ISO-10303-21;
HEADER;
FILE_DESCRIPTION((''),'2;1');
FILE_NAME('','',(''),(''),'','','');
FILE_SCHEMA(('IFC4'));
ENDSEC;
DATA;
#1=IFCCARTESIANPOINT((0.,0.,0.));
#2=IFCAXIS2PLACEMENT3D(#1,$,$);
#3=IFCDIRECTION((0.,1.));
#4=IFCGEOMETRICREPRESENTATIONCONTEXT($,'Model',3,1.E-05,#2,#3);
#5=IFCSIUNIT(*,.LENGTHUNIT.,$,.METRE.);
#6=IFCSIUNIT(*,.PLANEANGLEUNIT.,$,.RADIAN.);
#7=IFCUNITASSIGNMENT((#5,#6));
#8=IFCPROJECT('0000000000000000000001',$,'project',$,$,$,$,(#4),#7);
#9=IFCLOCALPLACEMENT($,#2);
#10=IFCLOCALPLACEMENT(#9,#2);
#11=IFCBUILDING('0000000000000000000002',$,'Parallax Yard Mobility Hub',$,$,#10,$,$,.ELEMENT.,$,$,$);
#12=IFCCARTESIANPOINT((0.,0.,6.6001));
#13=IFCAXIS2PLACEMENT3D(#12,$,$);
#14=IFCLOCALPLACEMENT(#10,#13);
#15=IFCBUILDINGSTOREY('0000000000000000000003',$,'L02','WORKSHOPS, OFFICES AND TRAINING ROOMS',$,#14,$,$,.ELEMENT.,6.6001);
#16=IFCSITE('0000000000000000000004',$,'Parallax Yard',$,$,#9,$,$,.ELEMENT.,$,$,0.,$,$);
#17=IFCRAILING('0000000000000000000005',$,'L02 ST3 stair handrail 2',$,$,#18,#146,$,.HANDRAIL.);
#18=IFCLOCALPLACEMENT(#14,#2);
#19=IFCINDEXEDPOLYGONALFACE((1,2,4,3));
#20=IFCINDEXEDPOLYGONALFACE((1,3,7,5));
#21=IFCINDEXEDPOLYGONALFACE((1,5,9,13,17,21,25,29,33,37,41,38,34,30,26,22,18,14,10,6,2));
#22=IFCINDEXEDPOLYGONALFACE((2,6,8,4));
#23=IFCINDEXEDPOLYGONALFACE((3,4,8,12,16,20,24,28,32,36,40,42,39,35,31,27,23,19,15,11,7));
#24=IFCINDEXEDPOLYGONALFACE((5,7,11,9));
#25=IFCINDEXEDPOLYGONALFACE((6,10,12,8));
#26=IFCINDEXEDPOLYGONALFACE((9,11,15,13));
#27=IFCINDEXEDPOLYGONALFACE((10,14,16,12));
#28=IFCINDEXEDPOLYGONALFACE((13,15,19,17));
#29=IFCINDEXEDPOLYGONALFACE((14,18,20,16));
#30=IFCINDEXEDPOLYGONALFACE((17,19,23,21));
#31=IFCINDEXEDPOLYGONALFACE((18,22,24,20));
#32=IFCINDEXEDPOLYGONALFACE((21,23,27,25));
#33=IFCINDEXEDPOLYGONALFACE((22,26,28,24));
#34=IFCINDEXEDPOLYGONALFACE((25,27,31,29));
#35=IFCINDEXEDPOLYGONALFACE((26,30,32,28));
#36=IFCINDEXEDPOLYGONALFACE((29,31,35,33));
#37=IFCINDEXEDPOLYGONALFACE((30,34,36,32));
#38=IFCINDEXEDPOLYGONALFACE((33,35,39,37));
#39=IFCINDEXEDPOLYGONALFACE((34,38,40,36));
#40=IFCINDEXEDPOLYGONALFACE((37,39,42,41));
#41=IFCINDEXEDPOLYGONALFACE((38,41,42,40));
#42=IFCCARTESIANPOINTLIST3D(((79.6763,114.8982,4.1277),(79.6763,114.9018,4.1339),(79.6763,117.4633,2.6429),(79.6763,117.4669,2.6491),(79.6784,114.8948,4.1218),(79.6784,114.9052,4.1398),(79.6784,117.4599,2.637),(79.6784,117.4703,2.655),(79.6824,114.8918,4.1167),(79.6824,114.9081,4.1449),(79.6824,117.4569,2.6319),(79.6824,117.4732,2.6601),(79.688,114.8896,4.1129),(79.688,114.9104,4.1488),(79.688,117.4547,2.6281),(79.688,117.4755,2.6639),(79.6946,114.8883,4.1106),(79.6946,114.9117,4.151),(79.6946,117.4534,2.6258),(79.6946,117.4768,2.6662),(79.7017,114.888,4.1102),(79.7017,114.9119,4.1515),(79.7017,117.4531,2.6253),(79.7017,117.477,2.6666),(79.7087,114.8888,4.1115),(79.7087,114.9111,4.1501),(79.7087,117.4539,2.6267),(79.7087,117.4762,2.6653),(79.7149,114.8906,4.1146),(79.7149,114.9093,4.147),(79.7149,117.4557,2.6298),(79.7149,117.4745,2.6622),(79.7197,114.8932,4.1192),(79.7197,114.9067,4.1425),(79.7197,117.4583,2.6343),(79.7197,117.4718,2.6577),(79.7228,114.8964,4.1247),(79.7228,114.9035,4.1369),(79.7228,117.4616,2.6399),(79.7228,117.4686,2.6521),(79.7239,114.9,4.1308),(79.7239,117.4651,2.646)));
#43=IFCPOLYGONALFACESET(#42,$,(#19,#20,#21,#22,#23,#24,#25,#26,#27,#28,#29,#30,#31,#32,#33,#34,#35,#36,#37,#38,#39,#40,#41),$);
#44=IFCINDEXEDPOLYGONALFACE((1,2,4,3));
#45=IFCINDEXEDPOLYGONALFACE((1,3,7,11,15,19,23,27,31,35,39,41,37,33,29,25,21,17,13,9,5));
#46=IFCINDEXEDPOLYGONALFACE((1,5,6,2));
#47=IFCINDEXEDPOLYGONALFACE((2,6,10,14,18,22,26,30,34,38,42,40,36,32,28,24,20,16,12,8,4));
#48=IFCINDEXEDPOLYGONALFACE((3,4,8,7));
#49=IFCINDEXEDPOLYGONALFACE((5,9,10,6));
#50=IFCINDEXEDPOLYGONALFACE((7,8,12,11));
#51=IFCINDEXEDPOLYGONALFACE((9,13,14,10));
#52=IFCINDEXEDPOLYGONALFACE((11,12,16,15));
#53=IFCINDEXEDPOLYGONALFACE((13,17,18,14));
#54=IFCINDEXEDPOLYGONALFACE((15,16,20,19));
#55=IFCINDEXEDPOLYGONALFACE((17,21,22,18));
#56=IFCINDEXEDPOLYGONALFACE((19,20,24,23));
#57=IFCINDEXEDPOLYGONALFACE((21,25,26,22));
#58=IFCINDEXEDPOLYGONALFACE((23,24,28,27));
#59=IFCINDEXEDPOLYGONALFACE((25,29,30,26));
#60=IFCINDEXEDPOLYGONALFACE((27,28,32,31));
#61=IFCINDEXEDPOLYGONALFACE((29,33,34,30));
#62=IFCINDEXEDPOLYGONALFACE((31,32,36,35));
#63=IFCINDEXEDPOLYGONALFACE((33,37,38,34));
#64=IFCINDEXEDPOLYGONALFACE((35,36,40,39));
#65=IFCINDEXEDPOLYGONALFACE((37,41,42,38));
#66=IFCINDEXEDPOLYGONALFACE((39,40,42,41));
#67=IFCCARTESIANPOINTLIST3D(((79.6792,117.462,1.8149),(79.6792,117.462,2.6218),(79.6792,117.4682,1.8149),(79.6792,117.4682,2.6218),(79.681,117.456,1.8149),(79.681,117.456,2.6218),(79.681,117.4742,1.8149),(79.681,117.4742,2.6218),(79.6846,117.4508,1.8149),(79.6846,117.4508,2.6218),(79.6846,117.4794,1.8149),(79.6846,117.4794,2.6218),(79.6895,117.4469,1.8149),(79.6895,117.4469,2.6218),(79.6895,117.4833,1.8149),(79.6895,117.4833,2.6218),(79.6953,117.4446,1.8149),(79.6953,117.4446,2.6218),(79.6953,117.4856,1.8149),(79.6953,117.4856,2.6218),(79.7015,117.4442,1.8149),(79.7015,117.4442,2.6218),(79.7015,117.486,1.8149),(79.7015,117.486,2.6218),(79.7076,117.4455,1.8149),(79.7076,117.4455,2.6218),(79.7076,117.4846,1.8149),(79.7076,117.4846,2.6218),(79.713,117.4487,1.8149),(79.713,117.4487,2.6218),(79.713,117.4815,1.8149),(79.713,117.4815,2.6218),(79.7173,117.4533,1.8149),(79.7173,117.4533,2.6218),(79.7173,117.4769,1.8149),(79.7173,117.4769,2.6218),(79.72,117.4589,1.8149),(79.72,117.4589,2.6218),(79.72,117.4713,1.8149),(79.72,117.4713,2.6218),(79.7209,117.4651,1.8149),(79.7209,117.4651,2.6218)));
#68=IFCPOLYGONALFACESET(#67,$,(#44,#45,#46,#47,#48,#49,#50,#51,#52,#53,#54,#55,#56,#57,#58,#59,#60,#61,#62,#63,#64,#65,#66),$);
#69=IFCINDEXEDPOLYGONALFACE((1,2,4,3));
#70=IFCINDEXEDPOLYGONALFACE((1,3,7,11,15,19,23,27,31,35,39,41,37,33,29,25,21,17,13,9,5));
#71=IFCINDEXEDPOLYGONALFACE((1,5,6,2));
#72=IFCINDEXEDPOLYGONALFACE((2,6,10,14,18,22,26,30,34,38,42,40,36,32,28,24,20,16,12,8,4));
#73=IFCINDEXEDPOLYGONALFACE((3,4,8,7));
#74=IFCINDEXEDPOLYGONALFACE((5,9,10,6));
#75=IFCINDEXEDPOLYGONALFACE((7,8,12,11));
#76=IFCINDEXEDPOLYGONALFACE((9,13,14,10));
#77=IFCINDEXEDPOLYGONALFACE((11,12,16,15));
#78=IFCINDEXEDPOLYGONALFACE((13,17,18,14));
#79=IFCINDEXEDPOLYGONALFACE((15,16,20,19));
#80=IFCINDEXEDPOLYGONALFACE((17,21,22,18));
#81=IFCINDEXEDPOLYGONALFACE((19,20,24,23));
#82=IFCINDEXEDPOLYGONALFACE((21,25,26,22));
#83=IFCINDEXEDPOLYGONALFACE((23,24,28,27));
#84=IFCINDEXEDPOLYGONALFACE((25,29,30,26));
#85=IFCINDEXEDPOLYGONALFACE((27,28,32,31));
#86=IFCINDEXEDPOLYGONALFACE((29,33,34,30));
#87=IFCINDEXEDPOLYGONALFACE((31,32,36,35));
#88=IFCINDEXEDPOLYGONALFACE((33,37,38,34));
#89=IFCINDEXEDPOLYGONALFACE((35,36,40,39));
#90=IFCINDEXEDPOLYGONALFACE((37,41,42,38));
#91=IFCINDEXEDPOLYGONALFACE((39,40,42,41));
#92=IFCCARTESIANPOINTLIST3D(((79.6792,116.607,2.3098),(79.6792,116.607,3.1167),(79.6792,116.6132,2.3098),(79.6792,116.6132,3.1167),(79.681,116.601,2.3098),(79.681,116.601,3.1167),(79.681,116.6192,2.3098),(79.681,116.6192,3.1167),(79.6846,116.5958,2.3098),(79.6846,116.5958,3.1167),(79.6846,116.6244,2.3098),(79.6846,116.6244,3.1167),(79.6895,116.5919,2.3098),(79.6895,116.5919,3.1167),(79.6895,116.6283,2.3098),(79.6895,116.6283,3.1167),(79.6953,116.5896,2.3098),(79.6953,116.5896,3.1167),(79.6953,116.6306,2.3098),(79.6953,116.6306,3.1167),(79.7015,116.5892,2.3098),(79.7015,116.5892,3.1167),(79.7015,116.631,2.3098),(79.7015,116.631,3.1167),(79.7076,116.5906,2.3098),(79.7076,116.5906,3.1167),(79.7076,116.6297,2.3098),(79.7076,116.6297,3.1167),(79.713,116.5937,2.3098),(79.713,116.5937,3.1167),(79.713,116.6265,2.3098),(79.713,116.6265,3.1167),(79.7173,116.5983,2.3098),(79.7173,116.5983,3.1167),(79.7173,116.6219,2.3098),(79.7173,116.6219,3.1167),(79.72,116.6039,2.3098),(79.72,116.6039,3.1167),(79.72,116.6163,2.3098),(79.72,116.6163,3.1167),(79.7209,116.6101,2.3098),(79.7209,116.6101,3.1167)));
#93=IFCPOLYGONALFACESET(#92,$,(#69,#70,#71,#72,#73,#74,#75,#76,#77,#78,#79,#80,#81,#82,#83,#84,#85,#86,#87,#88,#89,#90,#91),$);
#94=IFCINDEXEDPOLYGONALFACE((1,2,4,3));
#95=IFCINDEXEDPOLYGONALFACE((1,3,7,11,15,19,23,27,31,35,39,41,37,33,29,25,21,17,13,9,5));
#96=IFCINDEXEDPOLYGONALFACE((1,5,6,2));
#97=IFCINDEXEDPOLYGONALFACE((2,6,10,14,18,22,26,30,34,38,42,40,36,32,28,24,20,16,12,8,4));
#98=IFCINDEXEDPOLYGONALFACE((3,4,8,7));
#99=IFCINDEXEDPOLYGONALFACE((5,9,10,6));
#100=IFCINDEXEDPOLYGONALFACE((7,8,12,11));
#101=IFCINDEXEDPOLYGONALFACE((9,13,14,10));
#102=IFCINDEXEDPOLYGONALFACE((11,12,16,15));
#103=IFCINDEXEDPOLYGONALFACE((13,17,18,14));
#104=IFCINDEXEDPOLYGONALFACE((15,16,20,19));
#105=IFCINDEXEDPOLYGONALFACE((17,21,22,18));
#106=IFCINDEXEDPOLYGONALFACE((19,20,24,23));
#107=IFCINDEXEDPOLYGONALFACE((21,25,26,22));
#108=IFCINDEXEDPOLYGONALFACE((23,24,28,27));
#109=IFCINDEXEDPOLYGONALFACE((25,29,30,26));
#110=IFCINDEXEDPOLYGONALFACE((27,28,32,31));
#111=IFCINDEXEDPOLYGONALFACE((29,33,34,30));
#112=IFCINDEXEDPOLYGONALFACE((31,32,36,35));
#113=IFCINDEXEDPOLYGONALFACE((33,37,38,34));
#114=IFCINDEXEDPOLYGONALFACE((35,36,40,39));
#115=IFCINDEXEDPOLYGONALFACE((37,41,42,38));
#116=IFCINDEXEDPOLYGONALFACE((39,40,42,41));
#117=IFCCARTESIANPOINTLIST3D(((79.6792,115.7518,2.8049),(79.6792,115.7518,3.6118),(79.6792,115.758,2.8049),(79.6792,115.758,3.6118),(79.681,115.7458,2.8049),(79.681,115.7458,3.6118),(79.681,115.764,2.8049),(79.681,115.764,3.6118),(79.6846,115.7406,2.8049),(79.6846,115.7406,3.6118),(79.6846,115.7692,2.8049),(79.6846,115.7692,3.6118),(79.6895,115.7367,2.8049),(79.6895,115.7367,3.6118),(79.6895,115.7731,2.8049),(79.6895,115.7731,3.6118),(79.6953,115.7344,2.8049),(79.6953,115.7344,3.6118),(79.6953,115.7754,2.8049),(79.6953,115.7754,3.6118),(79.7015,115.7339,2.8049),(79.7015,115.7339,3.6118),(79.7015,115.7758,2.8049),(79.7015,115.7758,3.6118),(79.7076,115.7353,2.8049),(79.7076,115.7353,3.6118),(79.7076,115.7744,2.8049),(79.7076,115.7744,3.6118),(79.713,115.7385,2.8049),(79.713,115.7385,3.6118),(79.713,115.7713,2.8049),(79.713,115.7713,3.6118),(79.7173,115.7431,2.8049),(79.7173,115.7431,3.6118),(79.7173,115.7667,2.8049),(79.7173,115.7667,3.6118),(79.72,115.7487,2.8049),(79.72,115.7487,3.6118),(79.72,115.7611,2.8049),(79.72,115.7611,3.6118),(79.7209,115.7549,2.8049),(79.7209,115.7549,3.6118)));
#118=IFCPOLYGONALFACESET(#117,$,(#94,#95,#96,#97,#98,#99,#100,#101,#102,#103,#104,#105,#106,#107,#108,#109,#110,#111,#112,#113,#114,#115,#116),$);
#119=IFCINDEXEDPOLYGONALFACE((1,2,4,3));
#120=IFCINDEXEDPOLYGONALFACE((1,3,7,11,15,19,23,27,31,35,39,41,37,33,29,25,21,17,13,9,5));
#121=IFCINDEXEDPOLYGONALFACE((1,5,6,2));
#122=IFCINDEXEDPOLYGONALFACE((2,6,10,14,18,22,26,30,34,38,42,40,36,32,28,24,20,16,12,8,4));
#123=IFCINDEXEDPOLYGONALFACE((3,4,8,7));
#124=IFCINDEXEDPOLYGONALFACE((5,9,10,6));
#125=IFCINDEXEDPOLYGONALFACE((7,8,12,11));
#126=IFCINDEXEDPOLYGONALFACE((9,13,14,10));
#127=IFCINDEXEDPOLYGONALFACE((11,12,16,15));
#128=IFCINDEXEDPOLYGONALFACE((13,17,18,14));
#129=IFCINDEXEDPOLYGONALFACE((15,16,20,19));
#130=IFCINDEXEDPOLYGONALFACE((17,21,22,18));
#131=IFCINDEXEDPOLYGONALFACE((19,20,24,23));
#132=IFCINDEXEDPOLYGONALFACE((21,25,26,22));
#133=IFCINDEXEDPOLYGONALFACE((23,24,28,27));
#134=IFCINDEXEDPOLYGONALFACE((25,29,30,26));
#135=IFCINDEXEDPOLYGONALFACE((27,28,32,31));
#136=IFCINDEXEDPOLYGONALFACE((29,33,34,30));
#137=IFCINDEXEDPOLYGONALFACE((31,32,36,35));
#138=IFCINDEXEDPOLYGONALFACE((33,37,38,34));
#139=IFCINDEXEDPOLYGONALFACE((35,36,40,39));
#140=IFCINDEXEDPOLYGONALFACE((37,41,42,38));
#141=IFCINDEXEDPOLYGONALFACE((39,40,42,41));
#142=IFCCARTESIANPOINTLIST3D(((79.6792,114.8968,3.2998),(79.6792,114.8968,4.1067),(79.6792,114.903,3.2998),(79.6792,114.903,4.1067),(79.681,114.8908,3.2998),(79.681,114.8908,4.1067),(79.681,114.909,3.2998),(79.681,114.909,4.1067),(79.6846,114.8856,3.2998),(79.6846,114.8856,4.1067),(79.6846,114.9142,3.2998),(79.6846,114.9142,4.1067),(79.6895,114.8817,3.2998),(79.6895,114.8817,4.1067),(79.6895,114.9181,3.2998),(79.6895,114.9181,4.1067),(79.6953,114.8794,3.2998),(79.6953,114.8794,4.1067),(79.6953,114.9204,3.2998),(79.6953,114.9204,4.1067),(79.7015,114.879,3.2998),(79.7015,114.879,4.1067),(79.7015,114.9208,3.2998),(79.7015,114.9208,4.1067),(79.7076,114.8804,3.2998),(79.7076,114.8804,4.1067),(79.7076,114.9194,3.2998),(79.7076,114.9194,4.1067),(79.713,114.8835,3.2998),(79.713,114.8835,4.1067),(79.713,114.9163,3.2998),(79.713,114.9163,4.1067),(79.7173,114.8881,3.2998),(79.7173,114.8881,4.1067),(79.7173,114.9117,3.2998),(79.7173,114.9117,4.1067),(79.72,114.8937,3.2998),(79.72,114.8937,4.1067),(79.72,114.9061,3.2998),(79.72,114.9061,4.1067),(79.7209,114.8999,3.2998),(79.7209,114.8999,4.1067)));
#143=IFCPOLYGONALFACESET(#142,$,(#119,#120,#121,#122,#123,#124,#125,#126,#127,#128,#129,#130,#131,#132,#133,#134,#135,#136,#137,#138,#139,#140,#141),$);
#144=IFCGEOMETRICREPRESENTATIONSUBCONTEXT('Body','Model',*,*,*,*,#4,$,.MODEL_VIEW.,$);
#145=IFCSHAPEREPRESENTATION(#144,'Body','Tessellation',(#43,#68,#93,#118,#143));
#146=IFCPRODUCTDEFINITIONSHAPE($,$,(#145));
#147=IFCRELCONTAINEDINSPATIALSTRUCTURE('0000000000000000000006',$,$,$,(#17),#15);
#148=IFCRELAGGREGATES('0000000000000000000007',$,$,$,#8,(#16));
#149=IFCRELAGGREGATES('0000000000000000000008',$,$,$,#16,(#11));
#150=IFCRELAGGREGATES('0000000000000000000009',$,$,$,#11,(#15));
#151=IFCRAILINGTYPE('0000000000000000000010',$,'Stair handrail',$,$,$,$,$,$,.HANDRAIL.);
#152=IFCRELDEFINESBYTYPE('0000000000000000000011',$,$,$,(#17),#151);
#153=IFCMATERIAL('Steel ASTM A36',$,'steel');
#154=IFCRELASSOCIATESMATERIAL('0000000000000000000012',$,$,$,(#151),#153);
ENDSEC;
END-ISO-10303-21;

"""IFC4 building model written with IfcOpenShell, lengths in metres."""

from ifc_helpers import new_model, si_unit, direction, frame, origin, origin_2d, place, context, subcontext, project, spatial, circle, extrude, material, type_object, element, save


model = new_model("IFC4")

# Units and contexts
model_context = context("Model", 3, precision=1e-05, world=origin(), true_north=direction((0.0, 1.0)))
body_context = subcontext(model_context, "Body", "Model", "MODEL_VIEW")
ifc_project = project(units=[si_unit("LENGTHUNIT", "METRE"), si_unit("PLANEANGLEUNIT", "RADIAN")], contexts=[model_context])

# Site, building, storey
site_placement = place(None, origin())
site = spatial("IfcSite", under=ifc_project, at=site_placement, Name="Parallax Yard", CompositionType="ELEMENT", RefElevation=0.0)
building_placement = place(site_placement, origin())
building = spatial("IfcBuilding", under=site, at=building_placement, Name="Parallax Yard Mobility Hub", CompositionType="ELEMENT")
storey_placement = place(building_placement, frame((0.0, 0.0, 6.6001)))
storey = spatial("IfcBuildingStorey", under=building, at=storey_placement, Name="L02", Description="WORKSHOPS, OFFICES AND TRAINING ROOMS", CompositionType="ELEMENT", Elevation=6.6001)

# Railing
ifc_material_1 = material(Name="Steel ASTM A36", Category="steel")
railing_type_1 = type_object("IfcRailingType", Name="Stair handrail", PredefinedType="HANDRAIL", material=ifc_material_1)
railing_1_placement = place(storey_placement, frame((79.7, 117.4651, 1.8149)))
element("IfcRailing", 1, at=railing_1_placement, inside=storey, type_object=railing_type_1, Name="L02 ST3 stair handrail 2", PredefinedType="HANDRAIL", context=body_context, shape_type="SweptSolid", body=[
    extrude(circle(Radius=0.0239, at=origin_2d()), frame((0.0, 0.0, 0.8311), z_axis=(0.0, -0.865462, 0.500975), x_axis=(1.0, 0.0, 0.0)), (0.0, 0.0, 1.0), 2.9639),
    extrude(circle(Radius=0.021, at=origin_2d()), origin(), (0.0, 0.0, 1.0), 0.8069),
    extrude(circle(Radius=0.021, at=origin_2d()), frame((0.0, -0.855, 0.4949)), (0.0, 0.0, 1.0), 0.8069),
    extrude(circle(Radius=0.021, at=origin_2d()), frame((0.0, -1.7102, 0.99)), (0.0, 0.0, 1.0), 0.8069),
    extrude(circle(Radius=0.021, at=origin_2d()), frame((0.0, -2.5652, 1.4849)), (0.0, 0.0, 1.0), 0.8069),
])

save(model, "model.ifc")
